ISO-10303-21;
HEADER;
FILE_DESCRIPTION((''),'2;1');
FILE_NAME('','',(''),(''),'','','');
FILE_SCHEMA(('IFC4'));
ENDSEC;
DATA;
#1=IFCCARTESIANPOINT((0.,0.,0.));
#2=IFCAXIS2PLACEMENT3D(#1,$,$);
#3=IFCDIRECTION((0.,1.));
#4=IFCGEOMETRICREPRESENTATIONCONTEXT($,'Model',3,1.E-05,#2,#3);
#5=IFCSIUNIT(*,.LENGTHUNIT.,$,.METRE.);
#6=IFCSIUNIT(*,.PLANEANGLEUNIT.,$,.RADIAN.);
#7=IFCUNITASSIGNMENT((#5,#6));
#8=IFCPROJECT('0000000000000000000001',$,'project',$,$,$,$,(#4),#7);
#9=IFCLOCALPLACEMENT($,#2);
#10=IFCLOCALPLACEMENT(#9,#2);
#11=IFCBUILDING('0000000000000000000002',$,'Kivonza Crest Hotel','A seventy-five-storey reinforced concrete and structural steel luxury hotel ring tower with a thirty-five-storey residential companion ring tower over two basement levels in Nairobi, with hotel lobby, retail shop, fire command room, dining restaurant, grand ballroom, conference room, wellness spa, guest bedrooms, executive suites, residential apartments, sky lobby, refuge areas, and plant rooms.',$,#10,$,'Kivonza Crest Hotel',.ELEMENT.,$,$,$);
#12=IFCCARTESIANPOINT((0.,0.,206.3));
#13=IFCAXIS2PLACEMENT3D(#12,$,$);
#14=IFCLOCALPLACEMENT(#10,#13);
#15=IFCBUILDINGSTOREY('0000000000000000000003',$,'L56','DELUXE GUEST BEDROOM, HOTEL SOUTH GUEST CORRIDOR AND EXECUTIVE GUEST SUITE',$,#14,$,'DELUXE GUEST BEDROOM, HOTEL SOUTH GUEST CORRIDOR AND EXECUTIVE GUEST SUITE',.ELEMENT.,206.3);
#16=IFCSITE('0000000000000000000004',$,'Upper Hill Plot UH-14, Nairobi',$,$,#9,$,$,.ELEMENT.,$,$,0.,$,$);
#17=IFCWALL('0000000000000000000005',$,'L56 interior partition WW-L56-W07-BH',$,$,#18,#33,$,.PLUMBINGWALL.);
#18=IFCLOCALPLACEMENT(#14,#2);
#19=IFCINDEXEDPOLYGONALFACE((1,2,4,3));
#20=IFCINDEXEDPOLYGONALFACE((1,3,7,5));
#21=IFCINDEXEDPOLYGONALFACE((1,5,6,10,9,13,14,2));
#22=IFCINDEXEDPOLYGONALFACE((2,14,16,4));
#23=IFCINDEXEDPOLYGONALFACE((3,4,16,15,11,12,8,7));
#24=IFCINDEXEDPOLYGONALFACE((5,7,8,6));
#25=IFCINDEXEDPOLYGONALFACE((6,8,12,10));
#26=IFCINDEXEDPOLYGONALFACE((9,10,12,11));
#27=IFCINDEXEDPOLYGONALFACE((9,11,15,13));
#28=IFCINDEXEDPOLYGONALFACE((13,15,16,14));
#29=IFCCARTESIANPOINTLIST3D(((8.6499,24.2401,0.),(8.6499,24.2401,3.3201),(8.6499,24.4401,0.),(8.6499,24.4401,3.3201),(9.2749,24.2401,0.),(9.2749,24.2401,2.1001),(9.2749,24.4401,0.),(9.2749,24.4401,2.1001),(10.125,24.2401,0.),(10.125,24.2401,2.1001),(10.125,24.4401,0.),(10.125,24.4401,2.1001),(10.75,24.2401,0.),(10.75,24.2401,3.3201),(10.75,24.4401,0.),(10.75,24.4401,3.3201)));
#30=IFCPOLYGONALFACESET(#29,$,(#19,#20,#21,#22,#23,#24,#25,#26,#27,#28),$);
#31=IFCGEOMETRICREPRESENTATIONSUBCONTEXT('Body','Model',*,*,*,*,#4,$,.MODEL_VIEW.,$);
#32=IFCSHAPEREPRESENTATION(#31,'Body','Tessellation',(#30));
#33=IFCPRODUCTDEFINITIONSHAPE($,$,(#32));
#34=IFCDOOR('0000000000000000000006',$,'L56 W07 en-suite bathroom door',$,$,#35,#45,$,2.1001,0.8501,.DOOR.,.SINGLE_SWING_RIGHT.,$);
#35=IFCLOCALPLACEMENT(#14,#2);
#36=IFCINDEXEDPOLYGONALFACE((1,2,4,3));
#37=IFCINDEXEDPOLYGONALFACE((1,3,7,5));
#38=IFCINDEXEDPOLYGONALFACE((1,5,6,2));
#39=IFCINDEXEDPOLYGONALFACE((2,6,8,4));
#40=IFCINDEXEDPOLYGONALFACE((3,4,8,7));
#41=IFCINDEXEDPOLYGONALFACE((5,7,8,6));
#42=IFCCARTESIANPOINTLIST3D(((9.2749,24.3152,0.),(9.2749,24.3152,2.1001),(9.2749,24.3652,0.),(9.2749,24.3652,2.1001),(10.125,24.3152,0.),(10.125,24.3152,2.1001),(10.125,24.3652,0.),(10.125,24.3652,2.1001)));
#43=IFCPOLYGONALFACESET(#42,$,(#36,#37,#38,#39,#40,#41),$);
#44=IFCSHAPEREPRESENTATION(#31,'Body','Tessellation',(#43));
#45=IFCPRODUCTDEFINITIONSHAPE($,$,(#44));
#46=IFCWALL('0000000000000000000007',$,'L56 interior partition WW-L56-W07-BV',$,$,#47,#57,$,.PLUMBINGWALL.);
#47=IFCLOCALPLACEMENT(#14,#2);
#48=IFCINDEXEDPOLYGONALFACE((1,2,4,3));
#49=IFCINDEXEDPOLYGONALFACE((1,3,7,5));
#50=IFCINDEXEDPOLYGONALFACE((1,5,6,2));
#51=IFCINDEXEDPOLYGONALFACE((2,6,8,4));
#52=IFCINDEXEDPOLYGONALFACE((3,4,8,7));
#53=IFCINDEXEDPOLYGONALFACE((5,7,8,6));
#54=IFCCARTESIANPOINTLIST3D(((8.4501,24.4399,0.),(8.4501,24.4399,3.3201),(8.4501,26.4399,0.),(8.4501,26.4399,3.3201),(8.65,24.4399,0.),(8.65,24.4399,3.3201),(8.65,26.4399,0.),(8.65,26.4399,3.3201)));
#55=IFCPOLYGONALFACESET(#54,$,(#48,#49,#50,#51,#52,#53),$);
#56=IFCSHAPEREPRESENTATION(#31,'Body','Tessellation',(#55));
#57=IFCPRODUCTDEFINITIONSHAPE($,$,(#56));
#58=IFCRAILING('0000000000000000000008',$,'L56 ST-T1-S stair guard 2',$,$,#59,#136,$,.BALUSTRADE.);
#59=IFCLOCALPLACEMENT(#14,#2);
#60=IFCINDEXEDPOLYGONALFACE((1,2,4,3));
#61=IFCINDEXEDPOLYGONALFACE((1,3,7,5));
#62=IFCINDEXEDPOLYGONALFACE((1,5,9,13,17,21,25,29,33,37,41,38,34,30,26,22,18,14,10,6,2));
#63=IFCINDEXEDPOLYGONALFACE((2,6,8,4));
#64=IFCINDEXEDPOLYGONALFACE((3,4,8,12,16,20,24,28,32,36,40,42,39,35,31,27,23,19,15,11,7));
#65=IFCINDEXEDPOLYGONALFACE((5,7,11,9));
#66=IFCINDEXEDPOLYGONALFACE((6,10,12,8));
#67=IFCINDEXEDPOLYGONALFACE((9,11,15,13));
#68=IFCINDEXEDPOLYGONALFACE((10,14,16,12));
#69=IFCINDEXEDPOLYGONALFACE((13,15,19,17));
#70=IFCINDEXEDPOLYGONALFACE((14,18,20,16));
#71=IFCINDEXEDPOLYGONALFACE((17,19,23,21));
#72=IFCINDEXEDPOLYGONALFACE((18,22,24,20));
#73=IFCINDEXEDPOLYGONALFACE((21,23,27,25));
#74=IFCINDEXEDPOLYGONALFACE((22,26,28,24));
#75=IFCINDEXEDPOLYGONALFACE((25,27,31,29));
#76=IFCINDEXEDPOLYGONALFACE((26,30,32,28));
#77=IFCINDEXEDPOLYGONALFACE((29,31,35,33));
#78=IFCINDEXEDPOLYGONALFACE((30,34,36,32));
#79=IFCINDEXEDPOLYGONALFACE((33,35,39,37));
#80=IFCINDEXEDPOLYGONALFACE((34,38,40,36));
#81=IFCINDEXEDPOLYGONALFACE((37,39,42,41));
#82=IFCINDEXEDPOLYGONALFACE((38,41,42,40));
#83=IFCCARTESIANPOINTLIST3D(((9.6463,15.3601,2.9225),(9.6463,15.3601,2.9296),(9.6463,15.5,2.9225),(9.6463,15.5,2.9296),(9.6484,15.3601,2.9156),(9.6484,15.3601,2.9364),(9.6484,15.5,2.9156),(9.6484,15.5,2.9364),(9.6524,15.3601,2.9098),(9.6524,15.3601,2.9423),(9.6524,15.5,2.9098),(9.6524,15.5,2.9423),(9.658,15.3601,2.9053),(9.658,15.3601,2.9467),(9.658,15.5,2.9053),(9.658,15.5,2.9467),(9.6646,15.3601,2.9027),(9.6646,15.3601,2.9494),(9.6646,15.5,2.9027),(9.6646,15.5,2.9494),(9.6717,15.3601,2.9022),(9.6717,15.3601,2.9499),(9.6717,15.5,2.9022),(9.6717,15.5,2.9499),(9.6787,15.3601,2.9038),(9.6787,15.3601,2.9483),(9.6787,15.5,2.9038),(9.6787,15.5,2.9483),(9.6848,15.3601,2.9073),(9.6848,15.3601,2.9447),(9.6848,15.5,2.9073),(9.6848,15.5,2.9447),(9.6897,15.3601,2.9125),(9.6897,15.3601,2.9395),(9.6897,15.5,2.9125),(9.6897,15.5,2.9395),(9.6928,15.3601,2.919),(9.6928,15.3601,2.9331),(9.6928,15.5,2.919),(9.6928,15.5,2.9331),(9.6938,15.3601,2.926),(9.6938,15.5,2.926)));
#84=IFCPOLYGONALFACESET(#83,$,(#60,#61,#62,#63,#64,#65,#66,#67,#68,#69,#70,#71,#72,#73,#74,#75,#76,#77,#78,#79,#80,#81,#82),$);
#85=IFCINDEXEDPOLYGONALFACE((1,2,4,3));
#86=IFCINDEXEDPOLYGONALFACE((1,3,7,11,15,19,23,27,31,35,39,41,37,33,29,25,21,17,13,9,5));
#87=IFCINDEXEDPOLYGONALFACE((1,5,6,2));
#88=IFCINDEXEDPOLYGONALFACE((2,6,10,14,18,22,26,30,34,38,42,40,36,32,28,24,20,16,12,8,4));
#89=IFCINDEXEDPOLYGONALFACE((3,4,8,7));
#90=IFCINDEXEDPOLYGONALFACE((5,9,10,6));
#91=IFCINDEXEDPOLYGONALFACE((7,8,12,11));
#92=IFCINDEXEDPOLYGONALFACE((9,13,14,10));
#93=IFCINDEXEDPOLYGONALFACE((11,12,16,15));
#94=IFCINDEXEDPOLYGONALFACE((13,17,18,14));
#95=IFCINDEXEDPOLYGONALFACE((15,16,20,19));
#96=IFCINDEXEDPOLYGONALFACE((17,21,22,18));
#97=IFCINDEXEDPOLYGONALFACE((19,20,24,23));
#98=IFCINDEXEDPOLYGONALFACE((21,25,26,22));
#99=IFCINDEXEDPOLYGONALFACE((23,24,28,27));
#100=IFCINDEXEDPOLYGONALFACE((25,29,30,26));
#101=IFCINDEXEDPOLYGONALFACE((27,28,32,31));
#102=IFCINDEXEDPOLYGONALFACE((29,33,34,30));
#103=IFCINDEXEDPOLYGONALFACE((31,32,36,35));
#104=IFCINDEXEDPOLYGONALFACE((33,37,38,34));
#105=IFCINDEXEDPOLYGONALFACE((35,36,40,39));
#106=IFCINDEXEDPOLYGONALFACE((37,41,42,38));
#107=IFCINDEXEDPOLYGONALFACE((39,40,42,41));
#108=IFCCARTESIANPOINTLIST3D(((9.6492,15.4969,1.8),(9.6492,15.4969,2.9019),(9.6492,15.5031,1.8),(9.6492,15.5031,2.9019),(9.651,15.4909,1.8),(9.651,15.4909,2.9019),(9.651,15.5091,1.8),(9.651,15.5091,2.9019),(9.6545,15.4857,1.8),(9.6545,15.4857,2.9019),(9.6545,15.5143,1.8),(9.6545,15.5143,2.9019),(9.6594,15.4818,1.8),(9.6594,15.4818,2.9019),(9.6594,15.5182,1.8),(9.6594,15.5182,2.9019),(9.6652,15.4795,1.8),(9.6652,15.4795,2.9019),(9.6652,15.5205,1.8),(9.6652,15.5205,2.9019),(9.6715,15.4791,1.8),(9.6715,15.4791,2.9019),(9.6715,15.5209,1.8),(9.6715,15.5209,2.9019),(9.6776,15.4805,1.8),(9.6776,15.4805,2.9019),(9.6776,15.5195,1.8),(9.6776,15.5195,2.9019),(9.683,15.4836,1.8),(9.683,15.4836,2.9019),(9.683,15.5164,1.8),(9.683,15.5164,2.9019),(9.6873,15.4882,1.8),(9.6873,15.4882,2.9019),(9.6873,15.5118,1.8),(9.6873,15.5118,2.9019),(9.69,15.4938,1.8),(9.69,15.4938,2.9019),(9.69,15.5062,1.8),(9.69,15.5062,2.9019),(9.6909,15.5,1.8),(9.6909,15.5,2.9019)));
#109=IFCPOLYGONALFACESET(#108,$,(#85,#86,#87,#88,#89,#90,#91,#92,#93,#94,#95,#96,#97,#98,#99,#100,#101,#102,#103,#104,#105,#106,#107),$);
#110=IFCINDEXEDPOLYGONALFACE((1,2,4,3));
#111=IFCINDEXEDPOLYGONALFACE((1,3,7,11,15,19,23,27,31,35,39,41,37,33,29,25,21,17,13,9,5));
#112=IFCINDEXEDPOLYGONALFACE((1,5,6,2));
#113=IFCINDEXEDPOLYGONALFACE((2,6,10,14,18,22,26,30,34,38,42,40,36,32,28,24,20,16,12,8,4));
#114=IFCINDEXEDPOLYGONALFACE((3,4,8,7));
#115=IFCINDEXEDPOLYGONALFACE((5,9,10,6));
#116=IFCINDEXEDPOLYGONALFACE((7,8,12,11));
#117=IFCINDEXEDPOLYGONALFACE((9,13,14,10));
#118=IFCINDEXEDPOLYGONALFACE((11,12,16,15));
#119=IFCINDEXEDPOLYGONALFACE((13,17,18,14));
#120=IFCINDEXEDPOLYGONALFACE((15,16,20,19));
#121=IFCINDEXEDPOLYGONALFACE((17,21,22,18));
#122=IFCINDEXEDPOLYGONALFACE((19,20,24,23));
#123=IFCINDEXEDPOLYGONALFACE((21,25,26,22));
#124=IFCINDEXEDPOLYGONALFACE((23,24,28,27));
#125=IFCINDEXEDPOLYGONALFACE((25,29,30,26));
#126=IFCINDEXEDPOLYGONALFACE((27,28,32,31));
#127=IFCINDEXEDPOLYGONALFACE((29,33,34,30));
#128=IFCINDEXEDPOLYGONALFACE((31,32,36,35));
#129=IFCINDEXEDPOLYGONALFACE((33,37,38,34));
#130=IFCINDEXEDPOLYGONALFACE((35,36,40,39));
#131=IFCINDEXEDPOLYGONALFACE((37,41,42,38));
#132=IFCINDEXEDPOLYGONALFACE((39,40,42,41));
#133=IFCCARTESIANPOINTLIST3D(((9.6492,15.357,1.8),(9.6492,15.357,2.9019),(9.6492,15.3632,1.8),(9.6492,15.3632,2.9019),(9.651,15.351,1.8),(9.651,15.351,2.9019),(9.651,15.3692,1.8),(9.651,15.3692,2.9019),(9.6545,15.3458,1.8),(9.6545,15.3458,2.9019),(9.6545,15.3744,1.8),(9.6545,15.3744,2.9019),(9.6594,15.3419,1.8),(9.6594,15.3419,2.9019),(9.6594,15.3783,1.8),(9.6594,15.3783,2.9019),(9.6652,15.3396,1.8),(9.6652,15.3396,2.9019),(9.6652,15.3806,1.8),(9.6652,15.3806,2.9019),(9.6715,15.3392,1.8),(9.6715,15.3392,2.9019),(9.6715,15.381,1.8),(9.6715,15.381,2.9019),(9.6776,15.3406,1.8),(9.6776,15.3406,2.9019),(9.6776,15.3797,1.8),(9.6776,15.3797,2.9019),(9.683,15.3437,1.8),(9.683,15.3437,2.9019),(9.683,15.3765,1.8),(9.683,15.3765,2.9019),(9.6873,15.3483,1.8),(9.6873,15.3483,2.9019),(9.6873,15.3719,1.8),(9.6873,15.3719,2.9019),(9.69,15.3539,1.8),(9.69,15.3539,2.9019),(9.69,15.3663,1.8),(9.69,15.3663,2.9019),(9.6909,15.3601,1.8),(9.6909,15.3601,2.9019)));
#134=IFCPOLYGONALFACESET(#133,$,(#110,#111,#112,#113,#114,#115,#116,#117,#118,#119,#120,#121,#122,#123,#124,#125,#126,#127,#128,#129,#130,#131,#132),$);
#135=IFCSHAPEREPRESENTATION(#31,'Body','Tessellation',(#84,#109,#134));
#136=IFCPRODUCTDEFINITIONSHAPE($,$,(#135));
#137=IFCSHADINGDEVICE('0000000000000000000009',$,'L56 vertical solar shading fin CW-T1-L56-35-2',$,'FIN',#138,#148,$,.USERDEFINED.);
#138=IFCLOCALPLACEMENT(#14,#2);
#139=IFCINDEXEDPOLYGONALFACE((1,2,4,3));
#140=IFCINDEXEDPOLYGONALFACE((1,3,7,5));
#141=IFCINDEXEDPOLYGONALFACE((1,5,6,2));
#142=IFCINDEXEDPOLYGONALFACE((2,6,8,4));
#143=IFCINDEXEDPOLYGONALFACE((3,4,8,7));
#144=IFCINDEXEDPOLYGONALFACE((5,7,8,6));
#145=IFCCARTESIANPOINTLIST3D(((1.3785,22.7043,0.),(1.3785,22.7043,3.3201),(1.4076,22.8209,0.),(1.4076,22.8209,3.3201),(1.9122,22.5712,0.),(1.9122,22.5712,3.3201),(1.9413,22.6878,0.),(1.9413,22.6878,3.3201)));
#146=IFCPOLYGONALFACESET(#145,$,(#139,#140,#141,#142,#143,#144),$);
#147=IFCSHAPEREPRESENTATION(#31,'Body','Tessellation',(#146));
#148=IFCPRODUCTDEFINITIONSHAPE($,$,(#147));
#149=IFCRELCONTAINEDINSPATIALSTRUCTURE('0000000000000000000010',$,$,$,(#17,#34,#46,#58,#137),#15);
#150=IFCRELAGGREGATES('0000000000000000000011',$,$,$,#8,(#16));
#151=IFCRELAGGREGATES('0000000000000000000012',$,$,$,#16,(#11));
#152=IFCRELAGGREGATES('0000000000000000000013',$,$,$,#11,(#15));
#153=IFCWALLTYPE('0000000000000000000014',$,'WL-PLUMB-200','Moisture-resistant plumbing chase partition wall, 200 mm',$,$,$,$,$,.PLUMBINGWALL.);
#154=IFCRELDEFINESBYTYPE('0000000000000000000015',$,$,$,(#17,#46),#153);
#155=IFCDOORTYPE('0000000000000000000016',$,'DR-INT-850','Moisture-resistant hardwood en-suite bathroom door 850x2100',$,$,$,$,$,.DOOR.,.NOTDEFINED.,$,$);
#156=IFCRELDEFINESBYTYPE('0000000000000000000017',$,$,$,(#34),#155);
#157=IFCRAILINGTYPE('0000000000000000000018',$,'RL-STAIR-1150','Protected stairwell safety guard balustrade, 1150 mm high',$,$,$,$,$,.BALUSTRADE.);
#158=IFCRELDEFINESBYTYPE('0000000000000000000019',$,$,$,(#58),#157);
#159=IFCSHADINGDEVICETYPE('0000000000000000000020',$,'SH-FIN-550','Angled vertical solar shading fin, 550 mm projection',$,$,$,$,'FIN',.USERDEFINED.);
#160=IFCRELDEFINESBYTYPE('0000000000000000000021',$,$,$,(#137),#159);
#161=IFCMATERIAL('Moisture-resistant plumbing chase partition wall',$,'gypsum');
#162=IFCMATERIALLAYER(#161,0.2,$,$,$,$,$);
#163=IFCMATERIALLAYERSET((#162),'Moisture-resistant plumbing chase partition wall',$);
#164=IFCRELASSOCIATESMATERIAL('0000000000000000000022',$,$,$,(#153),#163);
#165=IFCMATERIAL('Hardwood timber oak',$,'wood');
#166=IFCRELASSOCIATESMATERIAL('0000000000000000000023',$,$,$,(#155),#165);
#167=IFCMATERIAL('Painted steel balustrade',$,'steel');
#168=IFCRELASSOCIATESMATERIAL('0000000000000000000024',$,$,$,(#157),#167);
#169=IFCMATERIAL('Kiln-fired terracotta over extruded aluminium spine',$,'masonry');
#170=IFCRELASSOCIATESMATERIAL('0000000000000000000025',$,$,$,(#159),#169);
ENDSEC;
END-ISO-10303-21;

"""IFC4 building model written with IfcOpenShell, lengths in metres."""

from ifc_helpers import new_model, si_unit, direction, frame, frame_2d, origin, origin_2d, place, context, subcontext, project, spatial, rectangle, circle, extrude, material, layer, layer_set, type_object, element, fill, save


model = new_model("IFC4")

# Units and contexts
model_context = context("Model", 3, precision=1e-05, world=origin(), true_north=direction((0.0, 1.0)))
body_context = subcontext(model_context, "Body", "Model", "MODEL_VIEW")
ifc_project = project(units=[si_unit("LENGTHUNIT", "METRE"), si_unit("PLANEANGLEUNIT", "RADIAN")], contexts=[model_context])

# Site, building, storey
site_placement = place(None, origin())
site = spatial("IfcSite", under=ifc_project, at=site_placement, Name="Upper Hill Plot UH-14, Nairobi", CompositionType="ELEMENT", RefElevation=0.0)
building_placement = place(site_placement, origin())
building = spatial("IfcBuilding", under=site, at=building_placement, Name="Kivonza Crest Hotel", Description="A seventy-five-storey reinforced concrete and structural steel luxury hotel ring tower with a thirty-five-storey residential companion ring tower over two basement levels in Nairobi, with hotel lobby, retail shop, fire command room, dining restaurant, grand ballroom, conference room, wellness spa, guest bedrooms, executive suites, residential apartments, sky lobby, refuge areas, and plant rooms.", LongName="Kivonza Crest Hotel", CompositionType="ELEMENT")
storey_placement = place(building_placement, frame((0.0, 0.0, 206.3)))
storey = spatial("IfcBuildingStorey", under=building, at=storey_placement, Name="L56", Description="DELUXE GUEST BEDROOM, HOTEL SOUTH GUEST CORRIDOR AND EXECUTIVE GUEST SUITE", LongName="DELUXE GUEST BEDROOM, HOTEL SOUTH GUEST CORRIDOR AND EXECUTIVE GUEST SUITE", CompositionType="ELEMENT", Elevation=206.3)

# Shared definitions
ifc_material_1 = material(Name="Hardwood timber oak", Category="wood")

# Wall, opening, door
ifc_material_2 = material(Name="Moisture-resistant plumbing chase partition wall", Category="gypsum")
ifc_layer_1 = layer(ifc_material_2, 0.2)
ifc_layer_set_1 = layer_set([ifc_layer_1], Name="Moisture-resistant plumbing chase partition wall")
wall_type_1 = type_object("IfcWallType", Name="WL-PLUMB-200", Description="Moisture-resistant plumbing chase partition wall, 200 mm", PredefinedType="PLUMBINGWALL", material=ifc_layer_set_1)
wall_1_placement = place(storey_placement, frame((8.6499, 24.3401, 0.0), z_axis=(0.0, 0.0, 1.0), x_axis=(1.0, 0.0, 0.0)))
wall_1 = element("IfcWall", 1, at=wall_1_placement, inside=storey, type_object=wall_type_1, Name="L56 interior partition WW-L56-W07-BH", PredefinedType="PLUMBINGWALL", context=body_context, shape_type="SweptSolid", body=[
    extrude(rectangle(XDim=2.1001, YDim=0.2, at=frame_2d((1.05, 0.0))), origin(), (0.0, 0.0, 1.0), 3.3201),
])
opening_1_placement = place(wall_1_placement, frame((0.625, 0.0, 0.0)))
opening_1 = element("IfcOpeningElement", 2, at=opening_1_placement, cuts=wall_1, PredefinedType="OPENING", context=body_context, shape_type="SweptSolid", body=[
    extrude(rectangle(XDim=0.8501, YDim=2.1001, at=frame_2d((0.425, 1.05))), frame((0.0, 0.1099, 0.0), z_axis=(0.0, -1.0, 0.0), x_axis=(1.0, 0.0, 0.0)), (0.0, 0.0, 1.0), 0.22),
])
door_type_1 = type_object("IfcDoorType", Name="DR-INT-850", Description="Moisture-resistant hardwood en-suite bathroom door 850x2100", OperationType="NOTDEFINED", PredefinedType="DOOR", material=ifc_material_1)
door_1_placement = place(opening_1_placement, frame((0.8501, 0.0, 0.0), z_axis=(0.0, 0.0, 1.0), x_axis=(-1.0, 0.0, 0.0)))
door_1 = element("IfcDoor", 3, at=door_1_placement, inside=storey, type_object=door_type_1, Name="L56 W07 en-suite bathroom door", OperationType="SINGLE_SWING_RIGHT", OverallHeight=2.1001, OverallWidth=0.8501, PredefinedType="DOOR", context=body_context, shape_type="SweptSolid", body=[
    extrude(rectangle(XDim=0.8501, YDim=2.1001, at=frame_2d((0.425, 1.05))), frame((0.0, 0.0249, 0.0), z_axis=(0.0, -1.0, 0.0), x_axis=(1.0, 0.0, 0.0)), (0.0, 0.0, 1.0), 0.05),
])
fill(opening_1, door_1)

# Wall
wall_2_placement = place(storey_placement, frame((8.55, 24.4399, 0.0), z_axis=(0.0, 0.0, 1.0), x_axis=(0.0, 1.0, 0.0)))
element("IfcWall", 4, at=wall_2_placement, inside=storey, type_object=wall_type_1, Name="L56 interior partition WW-L56-W07-BV", PredefinedType="PLUMBINGWALL", context=body_context, shape_type="SweptSolid", body=[
    extrude(rectangle(XDim=2.0, YDim=0.2, at=frame_2d((1.0, 0.0))), origin(), (0.0, 0.0, 1.0), 3.3201),
])

# Railing
ifc_material_3 = material(Name="Painted steel balustrade", Category="steel")
railing_type = type_object("IfcRailingType", Name="RL-STAIR-1150", Description="Protected stairwell safety guard balustrade, 1150 mm high", PredefinedType="BALUSTRADE", material=ifc_material_3)
railing_placement = place(storey_placement, frame((9.6699, 15.5, 1.8)))
element("IfcRailing", 5, at=railing_placement, inside=storey, type_object=railing_type, Name="L56 ST-T1-S stair guard 2", PredefinedType="BALUSTRADE", context=body_context, shape_type="SweptSolid", body=[
    extrude(circle(Radius=0.0239, at=origin_2d()), frame((0.0, 0.0, 1.126), z_axis=(0.0, -1.0, 0.0), x_axis=(1.0, 0.0, 0.0)), (0.0, 0.0, 1.0), 0.1399),
    extrude(circle(Radius=0.021, at=origin_2d()), origin(), (0.0, 0.0, 1.0), 1.1018),
    extrude(circle(Radius=0.021, at=origin_2d()), frame((0.0, -0.1399, 0.0)), (0.0, 0.0, 1.0), 1.1018),
])

# Shading device
ifc_material_4 = material(Name="Kiln-fired terracotta over extruded aluminium spine", Category="masonry")
shading_device_type = type_object("IfcShadingDeviceType", Name="SH-FIN-550", Description="Angled vertical solar shading fin, 550 mm projection", ElementType="FIN", PredefinedType="USERDEFINED", material=ifc_material_4)
shading_device_placement = place(storey_placement, frame((1.6599, 22.696, 0.0), z_axis=(0.0, 0.0, 1.0), x_axis=(-0.241922, -0.970296, 0.0)))
element("IfcShadingDevice", 6, at=shading_device_placement, inside=storey, type_object=shading_device_type, Name="L56 vertical solar shading fin CW-T1-L56-35-2", ObjectType="FIN", PredefinedType="USERDEFINED", context=body_context, shape_type="SweptSolid", body=[
    extrude(rectangle(XDim=0.1201, YDim=0.55, at=origin_2d()), origin(), (0.0, 0.0, 1.0), 3.3201),
])

save(model, "model.ifc")
